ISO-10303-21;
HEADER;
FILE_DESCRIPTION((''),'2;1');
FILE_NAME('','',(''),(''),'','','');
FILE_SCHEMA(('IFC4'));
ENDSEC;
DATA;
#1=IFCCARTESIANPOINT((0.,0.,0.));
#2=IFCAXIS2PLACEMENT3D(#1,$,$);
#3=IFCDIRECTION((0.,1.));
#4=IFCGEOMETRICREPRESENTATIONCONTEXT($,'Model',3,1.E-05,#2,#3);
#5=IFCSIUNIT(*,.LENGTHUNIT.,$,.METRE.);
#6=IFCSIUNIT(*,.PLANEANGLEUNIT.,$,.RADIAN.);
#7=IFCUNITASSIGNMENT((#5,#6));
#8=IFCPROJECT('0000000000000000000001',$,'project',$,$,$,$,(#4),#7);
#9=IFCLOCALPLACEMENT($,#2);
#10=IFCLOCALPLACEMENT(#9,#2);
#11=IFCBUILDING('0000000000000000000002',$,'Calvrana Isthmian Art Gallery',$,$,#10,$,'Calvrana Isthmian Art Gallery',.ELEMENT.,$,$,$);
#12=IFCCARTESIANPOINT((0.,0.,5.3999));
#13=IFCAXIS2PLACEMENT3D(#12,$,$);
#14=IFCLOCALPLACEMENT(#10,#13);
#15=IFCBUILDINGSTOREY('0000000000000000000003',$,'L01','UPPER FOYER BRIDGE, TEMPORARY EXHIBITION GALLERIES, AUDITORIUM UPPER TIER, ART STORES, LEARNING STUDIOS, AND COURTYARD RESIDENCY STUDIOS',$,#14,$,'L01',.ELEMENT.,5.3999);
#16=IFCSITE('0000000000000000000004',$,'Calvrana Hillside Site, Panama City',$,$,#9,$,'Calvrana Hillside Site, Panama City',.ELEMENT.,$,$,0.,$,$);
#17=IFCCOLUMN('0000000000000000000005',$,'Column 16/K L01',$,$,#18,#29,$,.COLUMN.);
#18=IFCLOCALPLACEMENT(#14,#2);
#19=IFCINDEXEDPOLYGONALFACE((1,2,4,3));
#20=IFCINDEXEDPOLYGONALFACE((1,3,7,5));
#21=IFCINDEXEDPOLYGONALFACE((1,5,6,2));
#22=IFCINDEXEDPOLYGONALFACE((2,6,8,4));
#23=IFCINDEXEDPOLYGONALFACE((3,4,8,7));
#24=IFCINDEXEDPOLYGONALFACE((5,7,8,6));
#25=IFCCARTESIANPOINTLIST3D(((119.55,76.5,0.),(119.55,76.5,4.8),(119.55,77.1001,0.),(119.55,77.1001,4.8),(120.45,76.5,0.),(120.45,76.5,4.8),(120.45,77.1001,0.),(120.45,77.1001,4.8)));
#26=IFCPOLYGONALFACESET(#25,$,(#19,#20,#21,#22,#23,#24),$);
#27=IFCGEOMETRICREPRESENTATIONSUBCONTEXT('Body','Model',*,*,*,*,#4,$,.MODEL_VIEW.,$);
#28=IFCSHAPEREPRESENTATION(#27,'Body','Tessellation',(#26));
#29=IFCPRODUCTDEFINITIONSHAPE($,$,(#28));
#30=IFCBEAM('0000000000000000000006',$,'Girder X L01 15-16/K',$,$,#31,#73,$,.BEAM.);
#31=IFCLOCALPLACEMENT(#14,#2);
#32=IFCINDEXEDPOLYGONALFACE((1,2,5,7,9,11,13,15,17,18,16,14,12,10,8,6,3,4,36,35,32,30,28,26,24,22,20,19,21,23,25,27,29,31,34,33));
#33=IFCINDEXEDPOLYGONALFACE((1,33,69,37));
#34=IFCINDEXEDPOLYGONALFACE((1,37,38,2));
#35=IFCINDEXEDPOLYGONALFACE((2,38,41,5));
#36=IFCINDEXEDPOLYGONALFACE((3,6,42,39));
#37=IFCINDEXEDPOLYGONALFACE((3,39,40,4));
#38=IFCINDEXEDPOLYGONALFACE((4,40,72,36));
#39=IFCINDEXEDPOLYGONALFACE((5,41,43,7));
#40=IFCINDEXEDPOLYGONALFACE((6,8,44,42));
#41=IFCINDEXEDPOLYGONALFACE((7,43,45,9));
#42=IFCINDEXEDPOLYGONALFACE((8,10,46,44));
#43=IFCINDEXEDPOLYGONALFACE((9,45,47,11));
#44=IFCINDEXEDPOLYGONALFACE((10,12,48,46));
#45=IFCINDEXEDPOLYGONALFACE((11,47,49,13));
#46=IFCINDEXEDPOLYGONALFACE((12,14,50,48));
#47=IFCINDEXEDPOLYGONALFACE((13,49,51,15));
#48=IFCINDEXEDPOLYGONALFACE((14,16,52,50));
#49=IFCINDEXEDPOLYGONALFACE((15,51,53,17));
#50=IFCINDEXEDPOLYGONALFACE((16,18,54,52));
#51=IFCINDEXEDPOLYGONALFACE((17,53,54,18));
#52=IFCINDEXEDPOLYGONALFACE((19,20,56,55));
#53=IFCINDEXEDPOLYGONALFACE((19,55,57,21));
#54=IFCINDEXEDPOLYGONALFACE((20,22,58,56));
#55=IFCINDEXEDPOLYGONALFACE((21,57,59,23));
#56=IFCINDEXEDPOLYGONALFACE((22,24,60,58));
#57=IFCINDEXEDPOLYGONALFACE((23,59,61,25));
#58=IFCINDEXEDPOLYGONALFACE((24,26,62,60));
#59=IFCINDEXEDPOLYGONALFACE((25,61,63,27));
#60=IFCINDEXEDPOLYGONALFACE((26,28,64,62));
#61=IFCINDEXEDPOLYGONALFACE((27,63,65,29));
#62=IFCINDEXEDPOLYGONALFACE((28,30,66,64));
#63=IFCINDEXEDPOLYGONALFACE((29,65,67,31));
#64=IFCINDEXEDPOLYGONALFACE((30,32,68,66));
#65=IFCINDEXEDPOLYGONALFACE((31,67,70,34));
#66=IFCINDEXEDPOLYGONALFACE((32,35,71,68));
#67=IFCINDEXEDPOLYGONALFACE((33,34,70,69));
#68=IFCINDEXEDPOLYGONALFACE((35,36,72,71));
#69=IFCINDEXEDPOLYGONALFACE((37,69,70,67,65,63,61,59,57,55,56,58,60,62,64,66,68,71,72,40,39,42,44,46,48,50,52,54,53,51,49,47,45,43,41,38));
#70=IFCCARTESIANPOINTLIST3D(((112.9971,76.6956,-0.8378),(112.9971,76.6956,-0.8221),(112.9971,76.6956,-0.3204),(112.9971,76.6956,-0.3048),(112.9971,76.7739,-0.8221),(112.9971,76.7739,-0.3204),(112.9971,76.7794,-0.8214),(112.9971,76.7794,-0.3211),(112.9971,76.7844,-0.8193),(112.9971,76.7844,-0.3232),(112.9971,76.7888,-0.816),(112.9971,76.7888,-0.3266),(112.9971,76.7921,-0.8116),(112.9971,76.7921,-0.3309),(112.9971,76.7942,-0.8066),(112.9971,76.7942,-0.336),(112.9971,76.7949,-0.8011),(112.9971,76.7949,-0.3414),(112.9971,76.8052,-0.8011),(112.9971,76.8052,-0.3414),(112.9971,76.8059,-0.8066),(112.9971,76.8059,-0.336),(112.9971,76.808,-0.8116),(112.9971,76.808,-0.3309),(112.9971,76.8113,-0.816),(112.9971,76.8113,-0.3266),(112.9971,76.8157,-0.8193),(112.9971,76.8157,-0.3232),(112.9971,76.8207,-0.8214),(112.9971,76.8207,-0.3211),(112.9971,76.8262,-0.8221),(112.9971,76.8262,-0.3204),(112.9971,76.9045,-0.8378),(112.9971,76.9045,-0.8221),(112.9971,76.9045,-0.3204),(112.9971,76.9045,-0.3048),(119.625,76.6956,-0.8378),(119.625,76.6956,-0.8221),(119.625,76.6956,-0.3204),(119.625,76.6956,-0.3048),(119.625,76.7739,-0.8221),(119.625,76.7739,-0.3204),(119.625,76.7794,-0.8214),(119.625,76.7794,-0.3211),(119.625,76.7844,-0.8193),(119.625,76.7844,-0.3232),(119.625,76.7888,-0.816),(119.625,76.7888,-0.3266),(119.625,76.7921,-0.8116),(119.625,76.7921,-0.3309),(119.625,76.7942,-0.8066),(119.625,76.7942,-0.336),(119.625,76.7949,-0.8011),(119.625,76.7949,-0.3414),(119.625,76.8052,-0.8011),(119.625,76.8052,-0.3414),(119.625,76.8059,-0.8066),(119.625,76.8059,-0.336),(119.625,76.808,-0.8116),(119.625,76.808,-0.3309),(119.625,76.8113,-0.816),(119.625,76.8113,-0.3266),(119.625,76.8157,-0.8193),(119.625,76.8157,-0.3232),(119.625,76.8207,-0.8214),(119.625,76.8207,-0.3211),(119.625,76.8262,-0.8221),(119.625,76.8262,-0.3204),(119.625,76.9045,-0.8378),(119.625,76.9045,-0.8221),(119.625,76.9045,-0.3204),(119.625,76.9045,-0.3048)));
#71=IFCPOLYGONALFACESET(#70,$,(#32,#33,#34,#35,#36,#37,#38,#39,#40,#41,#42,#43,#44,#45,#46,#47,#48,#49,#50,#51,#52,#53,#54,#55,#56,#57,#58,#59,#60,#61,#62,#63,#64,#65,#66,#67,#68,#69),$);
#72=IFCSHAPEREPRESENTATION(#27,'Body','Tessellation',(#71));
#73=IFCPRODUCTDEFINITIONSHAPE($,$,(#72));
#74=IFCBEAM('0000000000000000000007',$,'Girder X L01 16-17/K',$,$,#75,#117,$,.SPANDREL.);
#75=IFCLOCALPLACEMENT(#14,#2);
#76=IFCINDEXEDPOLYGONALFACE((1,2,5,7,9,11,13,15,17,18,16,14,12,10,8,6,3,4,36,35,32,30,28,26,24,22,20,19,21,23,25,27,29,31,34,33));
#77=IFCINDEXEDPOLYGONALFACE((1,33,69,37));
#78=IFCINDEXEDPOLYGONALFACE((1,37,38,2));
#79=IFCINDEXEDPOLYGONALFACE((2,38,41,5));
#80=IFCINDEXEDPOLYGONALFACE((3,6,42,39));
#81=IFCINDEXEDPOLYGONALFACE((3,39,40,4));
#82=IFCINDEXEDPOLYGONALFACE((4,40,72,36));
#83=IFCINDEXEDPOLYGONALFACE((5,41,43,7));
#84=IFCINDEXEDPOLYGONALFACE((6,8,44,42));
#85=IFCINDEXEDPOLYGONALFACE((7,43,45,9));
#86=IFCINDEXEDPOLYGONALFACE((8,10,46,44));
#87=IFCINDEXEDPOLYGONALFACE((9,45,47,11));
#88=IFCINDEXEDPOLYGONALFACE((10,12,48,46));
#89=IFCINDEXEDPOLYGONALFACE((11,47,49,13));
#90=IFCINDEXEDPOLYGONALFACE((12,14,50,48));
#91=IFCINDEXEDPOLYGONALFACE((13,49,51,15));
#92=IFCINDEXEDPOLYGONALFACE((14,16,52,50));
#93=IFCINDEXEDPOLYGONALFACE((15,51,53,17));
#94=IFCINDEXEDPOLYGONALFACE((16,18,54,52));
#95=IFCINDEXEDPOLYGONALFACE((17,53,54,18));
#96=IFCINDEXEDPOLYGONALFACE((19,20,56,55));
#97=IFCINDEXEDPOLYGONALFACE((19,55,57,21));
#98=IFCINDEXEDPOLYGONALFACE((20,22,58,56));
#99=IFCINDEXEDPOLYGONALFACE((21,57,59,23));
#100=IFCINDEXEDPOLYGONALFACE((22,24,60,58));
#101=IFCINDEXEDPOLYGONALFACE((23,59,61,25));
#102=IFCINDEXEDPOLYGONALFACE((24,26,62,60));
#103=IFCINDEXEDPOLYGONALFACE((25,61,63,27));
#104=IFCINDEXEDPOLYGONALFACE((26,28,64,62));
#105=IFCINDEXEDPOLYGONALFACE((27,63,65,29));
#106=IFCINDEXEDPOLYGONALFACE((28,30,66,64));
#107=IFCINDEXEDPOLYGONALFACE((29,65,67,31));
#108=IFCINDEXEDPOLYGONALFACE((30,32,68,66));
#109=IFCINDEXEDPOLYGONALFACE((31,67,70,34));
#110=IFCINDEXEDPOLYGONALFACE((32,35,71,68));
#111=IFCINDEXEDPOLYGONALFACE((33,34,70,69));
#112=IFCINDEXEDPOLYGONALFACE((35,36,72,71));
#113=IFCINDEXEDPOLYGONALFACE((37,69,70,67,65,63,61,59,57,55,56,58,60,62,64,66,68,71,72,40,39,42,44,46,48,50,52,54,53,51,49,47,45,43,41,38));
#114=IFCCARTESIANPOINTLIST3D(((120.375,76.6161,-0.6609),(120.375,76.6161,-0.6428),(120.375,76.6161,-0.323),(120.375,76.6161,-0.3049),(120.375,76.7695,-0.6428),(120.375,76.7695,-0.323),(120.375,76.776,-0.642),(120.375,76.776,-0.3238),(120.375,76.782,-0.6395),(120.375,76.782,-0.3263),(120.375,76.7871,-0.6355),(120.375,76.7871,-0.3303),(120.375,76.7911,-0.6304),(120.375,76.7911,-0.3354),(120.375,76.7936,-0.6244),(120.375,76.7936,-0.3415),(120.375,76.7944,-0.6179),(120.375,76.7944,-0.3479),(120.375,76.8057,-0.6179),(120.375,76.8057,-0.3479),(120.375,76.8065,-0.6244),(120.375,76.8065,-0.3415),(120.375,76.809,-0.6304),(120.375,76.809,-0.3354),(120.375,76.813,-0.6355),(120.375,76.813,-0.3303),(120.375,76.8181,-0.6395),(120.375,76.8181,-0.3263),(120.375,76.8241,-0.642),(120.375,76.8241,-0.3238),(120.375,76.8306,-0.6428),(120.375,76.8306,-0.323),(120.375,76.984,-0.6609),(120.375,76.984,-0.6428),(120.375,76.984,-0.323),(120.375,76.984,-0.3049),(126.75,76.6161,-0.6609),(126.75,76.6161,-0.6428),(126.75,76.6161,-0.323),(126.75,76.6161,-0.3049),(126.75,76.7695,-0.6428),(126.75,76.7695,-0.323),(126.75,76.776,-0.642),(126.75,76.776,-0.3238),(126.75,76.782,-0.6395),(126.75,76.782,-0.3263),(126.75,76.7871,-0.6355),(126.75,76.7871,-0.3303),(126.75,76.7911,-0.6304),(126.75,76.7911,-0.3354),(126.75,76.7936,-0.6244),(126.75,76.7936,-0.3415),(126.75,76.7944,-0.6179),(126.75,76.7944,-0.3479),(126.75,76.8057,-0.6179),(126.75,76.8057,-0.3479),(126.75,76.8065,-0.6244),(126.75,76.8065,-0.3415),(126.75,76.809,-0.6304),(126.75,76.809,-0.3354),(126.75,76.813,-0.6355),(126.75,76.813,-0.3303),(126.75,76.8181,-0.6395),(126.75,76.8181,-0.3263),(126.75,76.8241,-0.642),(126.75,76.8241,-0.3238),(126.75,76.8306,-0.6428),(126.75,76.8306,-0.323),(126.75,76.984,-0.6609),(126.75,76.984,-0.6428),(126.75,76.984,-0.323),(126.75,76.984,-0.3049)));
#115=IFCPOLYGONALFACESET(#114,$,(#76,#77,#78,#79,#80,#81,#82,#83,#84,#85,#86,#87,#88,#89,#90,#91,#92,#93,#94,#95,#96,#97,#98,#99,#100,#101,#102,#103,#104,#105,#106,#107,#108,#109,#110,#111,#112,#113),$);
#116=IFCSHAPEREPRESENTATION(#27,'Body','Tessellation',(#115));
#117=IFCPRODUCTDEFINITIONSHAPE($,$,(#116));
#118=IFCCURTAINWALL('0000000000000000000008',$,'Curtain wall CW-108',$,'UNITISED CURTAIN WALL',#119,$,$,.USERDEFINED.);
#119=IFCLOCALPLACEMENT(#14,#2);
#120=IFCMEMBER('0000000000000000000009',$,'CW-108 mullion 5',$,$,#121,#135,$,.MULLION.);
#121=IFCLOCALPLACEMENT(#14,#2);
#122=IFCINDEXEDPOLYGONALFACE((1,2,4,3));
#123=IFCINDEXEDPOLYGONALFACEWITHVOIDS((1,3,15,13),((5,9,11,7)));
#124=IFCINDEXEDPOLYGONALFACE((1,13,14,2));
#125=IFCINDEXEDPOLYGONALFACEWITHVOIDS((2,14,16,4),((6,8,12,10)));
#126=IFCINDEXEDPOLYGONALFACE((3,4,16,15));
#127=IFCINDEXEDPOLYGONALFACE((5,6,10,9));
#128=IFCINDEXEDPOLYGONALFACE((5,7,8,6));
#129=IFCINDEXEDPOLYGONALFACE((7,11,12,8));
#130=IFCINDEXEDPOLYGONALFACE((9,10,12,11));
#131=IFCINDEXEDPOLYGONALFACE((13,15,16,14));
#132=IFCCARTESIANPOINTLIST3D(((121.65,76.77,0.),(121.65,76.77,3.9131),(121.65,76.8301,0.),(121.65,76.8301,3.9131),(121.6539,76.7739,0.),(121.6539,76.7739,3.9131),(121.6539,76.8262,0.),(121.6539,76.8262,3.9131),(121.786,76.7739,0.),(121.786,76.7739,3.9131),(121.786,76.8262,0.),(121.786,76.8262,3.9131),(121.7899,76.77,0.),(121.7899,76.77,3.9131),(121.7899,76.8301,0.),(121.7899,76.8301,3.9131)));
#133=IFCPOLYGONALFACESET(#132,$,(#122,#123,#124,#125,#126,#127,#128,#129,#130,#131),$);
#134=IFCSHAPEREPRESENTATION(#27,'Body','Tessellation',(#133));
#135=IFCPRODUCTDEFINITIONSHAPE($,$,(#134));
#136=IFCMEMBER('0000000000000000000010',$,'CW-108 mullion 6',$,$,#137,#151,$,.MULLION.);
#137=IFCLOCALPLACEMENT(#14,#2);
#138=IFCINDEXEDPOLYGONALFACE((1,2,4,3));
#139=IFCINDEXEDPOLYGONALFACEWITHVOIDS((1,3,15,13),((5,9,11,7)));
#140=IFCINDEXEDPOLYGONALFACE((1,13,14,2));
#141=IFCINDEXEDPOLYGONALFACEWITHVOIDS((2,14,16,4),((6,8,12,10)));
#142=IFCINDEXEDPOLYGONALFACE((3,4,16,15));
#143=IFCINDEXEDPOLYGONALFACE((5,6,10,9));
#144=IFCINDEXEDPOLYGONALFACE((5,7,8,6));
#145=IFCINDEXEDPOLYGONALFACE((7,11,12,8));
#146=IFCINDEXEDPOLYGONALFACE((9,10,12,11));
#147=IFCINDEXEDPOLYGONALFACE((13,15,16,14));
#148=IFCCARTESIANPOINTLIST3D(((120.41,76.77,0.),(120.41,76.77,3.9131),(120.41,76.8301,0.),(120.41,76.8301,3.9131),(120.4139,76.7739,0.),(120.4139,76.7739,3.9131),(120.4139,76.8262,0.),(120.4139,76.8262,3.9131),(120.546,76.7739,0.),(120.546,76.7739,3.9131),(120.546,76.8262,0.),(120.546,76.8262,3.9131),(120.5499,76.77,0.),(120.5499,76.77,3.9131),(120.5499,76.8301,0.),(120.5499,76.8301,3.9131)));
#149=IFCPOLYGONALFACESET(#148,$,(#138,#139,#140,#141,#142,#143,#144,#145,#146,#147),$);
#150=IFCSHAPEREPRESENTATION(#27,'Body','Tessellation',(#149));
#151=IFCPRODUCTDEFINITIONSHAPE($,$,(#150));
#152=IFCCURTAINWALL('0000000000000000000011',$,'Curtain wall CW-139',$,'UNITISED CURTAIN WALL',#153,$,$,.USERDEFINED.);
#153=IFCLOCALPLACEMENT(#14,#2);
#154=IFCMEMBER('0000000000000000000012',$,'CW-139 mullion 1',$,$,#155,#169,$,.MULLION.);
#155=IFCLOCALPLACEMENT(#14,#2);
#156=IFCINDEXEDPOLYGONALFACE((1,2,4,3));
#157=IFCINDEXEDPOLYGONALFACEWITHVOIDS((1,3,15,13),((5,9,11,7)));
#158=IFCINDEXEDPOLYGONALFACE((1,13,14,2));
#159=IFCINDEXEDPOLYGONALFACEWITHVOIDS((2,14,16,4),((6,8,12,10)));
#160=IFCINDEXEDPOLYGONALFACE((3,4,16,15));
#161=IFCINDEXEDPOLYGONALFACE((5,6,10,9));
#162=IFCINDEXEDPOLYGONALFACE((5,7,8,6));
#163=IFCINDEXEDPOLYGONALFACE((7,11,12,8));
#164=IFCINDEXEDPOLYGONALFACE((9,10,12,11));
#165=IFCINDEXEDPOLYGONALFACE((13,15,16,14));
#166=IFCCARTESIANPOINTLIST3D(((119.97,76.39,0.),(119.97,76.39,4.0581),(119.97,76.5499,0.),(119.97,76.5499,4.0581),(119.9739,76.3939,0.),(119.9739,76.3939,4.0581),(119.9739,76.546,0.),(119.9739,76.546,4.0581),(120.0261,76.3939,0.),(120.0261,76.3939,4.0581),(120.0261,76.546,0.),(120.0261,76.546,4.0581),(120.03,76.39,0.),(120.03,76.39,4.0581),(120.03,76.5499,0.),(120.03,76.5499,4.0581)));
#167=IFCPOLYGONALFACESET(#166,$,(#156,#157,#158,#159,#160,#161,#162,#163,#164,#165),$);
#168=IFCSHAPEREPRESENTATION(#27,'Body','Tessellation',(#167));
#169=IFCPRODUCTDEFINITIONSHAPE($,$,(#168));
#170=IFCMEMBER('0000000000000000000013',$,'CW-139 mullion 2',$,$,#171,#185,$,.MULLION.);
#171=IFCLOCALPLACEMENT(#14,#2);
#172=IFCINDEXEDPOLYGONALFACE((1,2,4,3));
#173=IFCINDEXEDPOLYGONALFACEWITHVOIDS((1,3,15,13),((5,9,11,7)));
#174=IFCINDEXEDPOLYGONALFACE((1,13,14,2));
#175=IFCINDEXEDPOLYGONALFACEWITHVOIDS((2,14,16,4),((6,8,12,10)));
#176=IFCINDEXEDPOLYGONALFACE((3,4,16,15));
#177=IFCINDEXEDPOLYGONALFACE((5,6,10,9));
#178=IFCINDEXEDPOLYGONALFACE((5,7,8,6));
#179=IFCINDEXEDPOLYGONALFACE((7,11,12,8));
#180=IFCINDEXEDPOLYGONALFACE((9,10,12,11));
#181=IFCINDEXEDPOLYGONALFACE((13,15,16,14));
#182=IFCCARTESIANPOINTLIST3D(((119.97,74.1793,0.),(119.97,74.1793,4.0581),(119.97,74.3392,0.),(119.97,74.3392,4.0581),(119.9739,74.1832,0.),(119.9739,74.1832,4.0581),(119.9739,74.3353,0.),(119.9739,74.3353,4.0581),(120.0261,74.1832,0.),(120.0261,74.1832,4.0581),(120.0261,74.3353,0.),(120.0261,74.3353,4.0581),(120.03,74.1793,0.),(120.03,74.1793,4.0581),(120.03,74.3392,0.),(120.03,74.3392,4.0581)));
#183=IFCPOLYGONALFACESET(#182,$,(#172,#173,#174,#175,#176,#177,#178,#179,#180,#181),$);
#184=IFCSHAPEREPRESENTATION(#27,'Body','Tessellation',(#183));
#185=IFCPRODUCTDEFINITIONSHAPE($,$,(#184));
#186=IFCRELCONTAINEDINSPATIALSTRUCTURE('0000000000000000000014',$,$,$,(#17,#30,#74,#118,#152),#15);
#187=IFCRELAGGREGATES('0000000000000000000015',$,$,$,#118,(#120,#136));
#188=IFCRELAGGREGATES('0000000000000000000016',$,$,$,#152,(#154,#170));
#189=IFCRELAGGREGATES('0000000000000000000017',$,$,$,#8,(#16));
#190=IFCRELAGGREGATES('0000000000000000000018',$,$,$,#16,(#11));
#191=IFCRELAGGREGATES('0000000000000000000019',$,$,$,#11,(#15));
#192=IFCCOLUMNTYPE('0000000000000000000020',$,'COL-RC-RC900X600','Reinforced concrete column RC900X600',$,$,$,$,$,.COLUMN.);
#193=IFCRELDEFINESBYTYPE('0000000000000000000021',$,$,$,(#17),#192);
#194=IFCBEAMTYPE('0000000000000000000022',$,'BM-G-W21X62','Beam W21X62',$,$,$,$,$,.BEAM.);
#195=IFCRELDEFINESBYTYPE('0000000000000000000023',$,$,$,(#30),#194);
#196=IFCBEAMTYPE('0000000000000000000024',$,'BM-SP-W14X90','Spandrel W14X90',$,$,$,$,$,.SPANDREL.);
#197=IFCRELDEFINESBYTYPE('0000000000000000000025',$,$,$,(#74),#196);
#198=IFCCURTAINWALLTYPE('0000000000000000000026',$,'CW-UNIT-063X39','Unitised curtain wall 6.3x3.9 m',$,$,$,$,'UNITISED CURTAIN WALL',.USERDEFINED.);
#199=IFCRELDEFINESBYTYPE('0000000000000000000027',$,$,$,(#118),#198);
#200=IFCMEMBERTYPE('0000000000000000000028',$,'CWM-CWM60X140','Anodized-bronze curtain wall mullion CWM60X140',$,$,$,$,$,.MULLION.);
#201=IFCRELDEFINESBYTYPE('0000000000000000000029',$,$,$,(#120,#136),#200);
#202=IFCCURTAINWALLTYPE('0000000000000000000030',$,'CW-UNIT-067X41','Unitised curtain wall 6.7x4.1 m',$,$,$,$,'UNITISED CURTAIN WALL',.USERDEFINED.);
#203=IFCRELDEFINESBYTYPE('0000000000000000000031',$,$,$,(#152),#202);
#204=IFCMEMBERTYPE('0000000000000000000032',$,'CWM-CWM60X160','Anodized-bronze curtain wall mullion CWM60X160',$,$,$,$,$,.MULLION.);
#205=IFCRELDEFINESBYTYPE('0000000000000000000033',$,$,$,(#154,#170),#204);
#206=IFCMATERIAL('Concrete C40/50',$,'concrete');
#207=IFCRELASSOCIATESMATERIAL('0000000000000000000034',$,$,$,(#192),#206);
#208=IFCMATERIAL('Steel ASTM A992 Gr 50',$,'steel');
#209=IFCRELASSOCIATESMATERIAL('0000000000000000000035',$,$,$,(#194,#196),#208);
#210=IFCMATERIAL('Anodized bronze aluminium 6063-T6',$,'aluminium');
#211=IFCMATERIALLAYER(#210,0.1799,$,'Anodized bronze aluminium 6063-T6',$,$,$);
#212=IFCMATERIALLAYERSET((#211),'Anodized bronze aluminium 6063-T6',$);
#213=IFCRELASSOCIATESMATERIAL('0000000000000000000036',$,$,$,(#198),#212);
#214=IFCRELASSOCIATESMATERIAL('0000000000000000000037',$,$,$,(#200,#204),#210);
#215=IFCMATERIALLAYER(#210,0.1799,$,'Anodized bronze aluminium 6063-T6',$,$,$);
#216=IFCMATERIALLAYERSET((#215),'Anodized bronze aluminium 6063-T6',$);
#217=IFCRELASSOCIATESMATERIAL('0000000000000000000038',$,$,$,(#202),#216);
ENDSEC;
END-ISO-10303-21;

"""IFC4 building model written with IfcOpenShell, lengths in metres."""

from ifc_helpers import new_model, si_unit, direction, frame, origin, origin_2d, place, context, subcontext, project, spatial, rectangle, hollow_rectangle, i_section, extrude, material, layer, layer_set, material_profile, profile_set, type_object, element, aggregate, save


model = new_model("IFC4")

# Units and contexts
model_context = context("Model", 3, precision=1e-05, world=origin(), true_north=direction((0.0, 1.0)))
body_context = subcontext(model_context, "Body", "Model", "MODEL_VIEW")
ifc_project = project(units=[si_unit("LENGTHUNIT", "METRE"), si_unit("PLANEANGLEUNIT", "RADIAN")], contexts=[model_context])

# Site, building, storey
site_placement = place(None, origin())
site = spatial("IfcSite", under=ifc_project, at=site_placement, Name="Calvrana Hillside Site, Panama City", LongName="Calvrana Hillside Site, Panama City", CompositionType="ELEMENT", RefElevation=0.0)
building_placement = place(site_placement, origin())
building = spatial("IfcBuilding", under=site, at=building_placement, Name="Calvrana Isthmian Art Gallery", LongName="Calvrana Isthmian Art Gallery", CompositionType="ELEMENT")
storey_placement = place(building_placement, frame((0.0, 0.0, 5.3999)))
storey = spatial("IfcBuildingStorey", under=building, at=storey_placement, Name="L01", Description="UPPER FOYER BRIDGE, TEMPORARY EXHIBITION GALLERIES, AUDITORIUM UPPER TIER, ART STORES, LEARNING STUDIOS, AND COURTYARD RESIDENCY STUDIOS", LongName="L01", CompositionType="ELEMENT", Elevation=5.3999)

# Column
ifc_material_1 = material(Name="Concrete C40/50", Category="concrete")
ifc_material_profile_1 = material_profile(ifc_material_1, rectangle(XDim=0.8999, YDim=0.6001, at=origin_2d()), Name="RC900X600")
ifc_profile_set_1 = profile_set([ifc_material_profile_1], Name="Concrete C40/50")
column_type = type_object("IfcColumnType", Name="COL-RC-RC900X600", Description="Reinforced concrete column RC900X600", PredefinedType="COLUMN", material=ifc_profile_set_1)
column_placement = place(storey_placement, frame((120.0, 76.8, 0.0), z_axis=(0.0, 0.0, 1.0), x_axis=(1.0, 0.0, 0.0)))
element("IfcColumn", 1, at=column_placement, inside=storey, type_object=column_type, Name="Column 16/K L01", PredefinedType="COLUMN", context=body_context, shape_type="SweptSolid", body=[
    extrude(rectangle(XDim=0.8999, YDim=0.6001, at=origin_2d()), origin(), (0.0, 0.0, 1.0), 4.8),
])

# Beams
ifc_material_2 = material(Name="Steel ASTM A992 Gr 50", Category="steel")
ifc_material_profile_2 = material_profile(ifc_material_2, i_section(OverallWidth=0.209, OverallDepth=0.533, WebThickness=0.0103, FlangeThickness=0.0156, FilletRadius=0.021, at=origin_2d()), Name="W21X62")
ifc_profile_set_2 = profile_set([ifc_material_profile_2], Name="Steel ASTM A992 Gr 50")
beam_type_1 = type_object("IfcBeamType", Name="BM-G-W21X62", Description="Beam W21X62", PredefinedType="BEAM", material=ifc_profile_set_2)
beam_1_placement = place(storey_placement, frame((112.9971, 76.8, -0.5713), z_axis=(1.0, 0.0, 0.0), x_axis=(0.0, 1.0, 0.0)))
element("IfcBeam", 2, at=beam_1_placement, inside=storey, type_object=beam_type_1, Name="Girder X L01 15-16/K", PredefinedType="BEAM", context=body_context, shape_type="SweptSolid", body=[
    extrude(i_section(OverallWidth=0.209, OverallDepth=0.533, WebThickness=0.0103, FlangeThickness=0.0156, FilletRadius=0.021, at=origin_2d()), origin(), (0.0, 0.0, 1.0), 6.6279),
])
ifc_material_profile_3 = material_profile(ifc_material_2, i_section(OverallWidth=0.3679, OverallDepth=0.356, WebThickness=0.0112, FlangeThickness=0.0181, FilletRadius=0.0249, at=origin_2d()), Name="W14X90")
ifc_profile_set_3 = profile_set([ifc_material_profile_3], Name="Steel ASTM A992 Gr 50")
beam_type_2 = type_object("IfcBeamType", Name="BM-SP-W14X90", Description="Spandrel W14X90", PredefinedType="SPANDREL", material=ifc_profile_set_3)
beam_2_placement = place(storey_placement, frame((120.375, 76.8, -0.4829), z_axis=(1.0, 0.0, 0.0), x_axis=(0.0, 1.0, 0.0)))
element("IfcBeam", 3, at=beam_2_placement, inside=storey, type_object=beam_type_2, Name="Girder X L01 16-17/K", PredefinedType="SPANDREL", context=body_context, shape_type="SweptSolid", body=[
    extrude(i_section(OverallWidth=0.3679, OverallDepth=0.356, WebThickness=0.0112, FlangeThickness=0.0181, FilletRadius=0.0249, at=origin_2d()), origin(), (0.0, 0.0, 1.0), 6.375),
])

# Curtain walls, members
ifc_material_3 = material(Name="Anodized bronze aluminium 6063-T6", Category="aluminium")
ifc_layer_1 = layer(ifc_material_3, 0.1799, Name="Anodized bronze aluminium 6063-T6")
ifc_layer_set_1 = layer_set([ifc_layer_1], Name="Anodized bronze aluminium 6063-T6")
curtain_wall_type_1 = type_object("IfcCurtainWallType", Name="CW-UNIT-063X39", Description="Unitised curtain wall 6.3x3.9 m", ElementType="UNITISED CURTAIN WALL", PredefinedType="USERDEFINED", material=ifc_layer_set_1)
curtain_wall_1_placement = place(storey_placement, origin())
curtain_wall_1 = element("IfcCurtainWall", 4, at=curtain_wall_1_placement, inside=storey, type_object=curtain_wall_type_1, Name="Curtain wall CW-108", ObjectType="UNITISED CURTAIN WALL", PredefinedType="USERDEFINED")
ifc_material_profile_4 = material_profile(ifc_material_3, hollow_rectangle(XDim=0.0601, YDim=0.1399, WallThickness=0.0039, at=origin_2d()), Name="CWM60X140")
ifc_profile_set_4 = profile_set([ifc_material_profile_4], Name="Anodized bronze aluminium 6063-T6")
member_type_1 = type_object("IfcMemberType", Name="CWM-CWM60X140", Description="Anodized-bronze curtain wall mullion CWM60X140", PredefinedType="MULLION", material=ifc_profile_set_4)
member_1_placement = place(storey_placement, frame((121.72, 76.8, 0.0), z_axis=(0.0, 0.0, 1.0), x_axis=(0.0, -1.0, 0.0)))
member_1 = element("IfcMember", 5, at=member_1_placement, type_object=member_type_1, Name="CW-108 mullion 5", PredefinedType="MULLION", context=body_context, shape_type="SweptSolid", body=[
    extrude(hollow_rectangle(XDim=0.0601, YDim=0.1399, WallThickness=0.0039, at=origin_2d()), origin(), (0.0, 0.0, 1.0), 3.9131),
])
member_2_placement = place(storey_placement, frame((120.48, 76.8, 0.0), z_axis=(0.0, 0.0, 1.0), x_axis=(0.0, -1.0, 0.0)))
member_2 = element("IfcMember", 6, at=member_2_placement, type_object=member_type_1, Name="CW-108 mullion 6", PredefinedType="MULLION", context=body_context, shape_type="SweptSolid", body=[
    extrude(hollow_rectangle(XDim=0.0601, YDim=0.1399, WallThickness=0.0039, at=origin_2d()), origin(), (0.0, 0.0, 1.0), 3.9131),
])
ifc_layer_2 = layer(ifc_material_3, 0.1799, Name="Anodized bronze aluminium 6063-T6")
ifc_layer_set_2 = layer_set([ifc_layer_2], Name="Anodized bronze aluminium 6063-T6")
curtain_wall_type_2 = type_object("IfcCurtainWallType", Name="CW-UNIT-067X41", Description="Unitised curtain wall 6.7x4.1 m", ElementType="UNITISED CURTAIN WALL", PredefinedType="USERDEFINED", material=ifc_layer_set_2)
curtain_wall_2_placement = place(storey_placement, origin())
curtain_wall_2 = element("IfcCurtainWall", 7, at=curtain_wall_2_placement, inside=storey, type_object=curtain_wall_type_2, Name="Curtain wall CW-139", ObjectType="UNITISED CURTAIN WALL", PredefinedType="USERDEFINED")
ifc_material_profile_5 = material_profile(ifc_material_3, hollow_rectangle(XDim=0.0601, YDim=0.1599, WallThickness=0.0039, at=origin_2d()), Name="CWM60X160")
ifc_profile_set_5 = profile_set([ifc_material_profile_5], Name="Anodized bronze aluminium 6063-T6")
member_type_2 = type_object("IfcMemberType", Name="CWM-CWM60X160", Description="Anodized-bronze curtain wall mullion CWM60X160", PredefinedType="MULLION", material=ifc_profile_set_5)
member_3_placement = place(storey_placement, frame((120.0, 76.47, 0.0), z_axis=(0.0, 0.0, 1.0), x_axis=(1.0, 0.0, 0.0)))
member_3 = element("IfcMember", 8, at=member_3_placement, type_object=member_type_2, Name="CW-139 mullion 1", PredefinedType="MULLION", context=body_context, shape_type="SweptSolid", body=[
    extrude(hollow_rectangle(XDim=0.0601, YDim=0.1599, WallThickness=0.0039, at=origin_2d()), origin(), (0.0, 0.0, 1.0), 4.0581),
])
member_4_placement = place(storey_placement, frame((120.0, 74.2593, 0.0), z_axis=(0.0, 0.0, 1.0), x_axis=(1.0, 0.0, 0.0)))
member_4 = element("IfcMember", 9, at=member_4_placement, type_object=member_type_2, Name="CW-139 mullion 2", PredefinedType="MULLION", context=body_context, shape_type="SweptSolid", body=[
    extrude(hollow_rectangle(XDim=0.0601, YDim=0.1599, WallThickness=0.0039, at=origin_2d()), origin(), (0.0, 0.0, 1.0), 4.0581),
])

aggregate(curtain_wall_1, [member_1, member_2])
aggregate(curtain_wall_2, [member_3, member_4])

save(model, "model.ifc")
